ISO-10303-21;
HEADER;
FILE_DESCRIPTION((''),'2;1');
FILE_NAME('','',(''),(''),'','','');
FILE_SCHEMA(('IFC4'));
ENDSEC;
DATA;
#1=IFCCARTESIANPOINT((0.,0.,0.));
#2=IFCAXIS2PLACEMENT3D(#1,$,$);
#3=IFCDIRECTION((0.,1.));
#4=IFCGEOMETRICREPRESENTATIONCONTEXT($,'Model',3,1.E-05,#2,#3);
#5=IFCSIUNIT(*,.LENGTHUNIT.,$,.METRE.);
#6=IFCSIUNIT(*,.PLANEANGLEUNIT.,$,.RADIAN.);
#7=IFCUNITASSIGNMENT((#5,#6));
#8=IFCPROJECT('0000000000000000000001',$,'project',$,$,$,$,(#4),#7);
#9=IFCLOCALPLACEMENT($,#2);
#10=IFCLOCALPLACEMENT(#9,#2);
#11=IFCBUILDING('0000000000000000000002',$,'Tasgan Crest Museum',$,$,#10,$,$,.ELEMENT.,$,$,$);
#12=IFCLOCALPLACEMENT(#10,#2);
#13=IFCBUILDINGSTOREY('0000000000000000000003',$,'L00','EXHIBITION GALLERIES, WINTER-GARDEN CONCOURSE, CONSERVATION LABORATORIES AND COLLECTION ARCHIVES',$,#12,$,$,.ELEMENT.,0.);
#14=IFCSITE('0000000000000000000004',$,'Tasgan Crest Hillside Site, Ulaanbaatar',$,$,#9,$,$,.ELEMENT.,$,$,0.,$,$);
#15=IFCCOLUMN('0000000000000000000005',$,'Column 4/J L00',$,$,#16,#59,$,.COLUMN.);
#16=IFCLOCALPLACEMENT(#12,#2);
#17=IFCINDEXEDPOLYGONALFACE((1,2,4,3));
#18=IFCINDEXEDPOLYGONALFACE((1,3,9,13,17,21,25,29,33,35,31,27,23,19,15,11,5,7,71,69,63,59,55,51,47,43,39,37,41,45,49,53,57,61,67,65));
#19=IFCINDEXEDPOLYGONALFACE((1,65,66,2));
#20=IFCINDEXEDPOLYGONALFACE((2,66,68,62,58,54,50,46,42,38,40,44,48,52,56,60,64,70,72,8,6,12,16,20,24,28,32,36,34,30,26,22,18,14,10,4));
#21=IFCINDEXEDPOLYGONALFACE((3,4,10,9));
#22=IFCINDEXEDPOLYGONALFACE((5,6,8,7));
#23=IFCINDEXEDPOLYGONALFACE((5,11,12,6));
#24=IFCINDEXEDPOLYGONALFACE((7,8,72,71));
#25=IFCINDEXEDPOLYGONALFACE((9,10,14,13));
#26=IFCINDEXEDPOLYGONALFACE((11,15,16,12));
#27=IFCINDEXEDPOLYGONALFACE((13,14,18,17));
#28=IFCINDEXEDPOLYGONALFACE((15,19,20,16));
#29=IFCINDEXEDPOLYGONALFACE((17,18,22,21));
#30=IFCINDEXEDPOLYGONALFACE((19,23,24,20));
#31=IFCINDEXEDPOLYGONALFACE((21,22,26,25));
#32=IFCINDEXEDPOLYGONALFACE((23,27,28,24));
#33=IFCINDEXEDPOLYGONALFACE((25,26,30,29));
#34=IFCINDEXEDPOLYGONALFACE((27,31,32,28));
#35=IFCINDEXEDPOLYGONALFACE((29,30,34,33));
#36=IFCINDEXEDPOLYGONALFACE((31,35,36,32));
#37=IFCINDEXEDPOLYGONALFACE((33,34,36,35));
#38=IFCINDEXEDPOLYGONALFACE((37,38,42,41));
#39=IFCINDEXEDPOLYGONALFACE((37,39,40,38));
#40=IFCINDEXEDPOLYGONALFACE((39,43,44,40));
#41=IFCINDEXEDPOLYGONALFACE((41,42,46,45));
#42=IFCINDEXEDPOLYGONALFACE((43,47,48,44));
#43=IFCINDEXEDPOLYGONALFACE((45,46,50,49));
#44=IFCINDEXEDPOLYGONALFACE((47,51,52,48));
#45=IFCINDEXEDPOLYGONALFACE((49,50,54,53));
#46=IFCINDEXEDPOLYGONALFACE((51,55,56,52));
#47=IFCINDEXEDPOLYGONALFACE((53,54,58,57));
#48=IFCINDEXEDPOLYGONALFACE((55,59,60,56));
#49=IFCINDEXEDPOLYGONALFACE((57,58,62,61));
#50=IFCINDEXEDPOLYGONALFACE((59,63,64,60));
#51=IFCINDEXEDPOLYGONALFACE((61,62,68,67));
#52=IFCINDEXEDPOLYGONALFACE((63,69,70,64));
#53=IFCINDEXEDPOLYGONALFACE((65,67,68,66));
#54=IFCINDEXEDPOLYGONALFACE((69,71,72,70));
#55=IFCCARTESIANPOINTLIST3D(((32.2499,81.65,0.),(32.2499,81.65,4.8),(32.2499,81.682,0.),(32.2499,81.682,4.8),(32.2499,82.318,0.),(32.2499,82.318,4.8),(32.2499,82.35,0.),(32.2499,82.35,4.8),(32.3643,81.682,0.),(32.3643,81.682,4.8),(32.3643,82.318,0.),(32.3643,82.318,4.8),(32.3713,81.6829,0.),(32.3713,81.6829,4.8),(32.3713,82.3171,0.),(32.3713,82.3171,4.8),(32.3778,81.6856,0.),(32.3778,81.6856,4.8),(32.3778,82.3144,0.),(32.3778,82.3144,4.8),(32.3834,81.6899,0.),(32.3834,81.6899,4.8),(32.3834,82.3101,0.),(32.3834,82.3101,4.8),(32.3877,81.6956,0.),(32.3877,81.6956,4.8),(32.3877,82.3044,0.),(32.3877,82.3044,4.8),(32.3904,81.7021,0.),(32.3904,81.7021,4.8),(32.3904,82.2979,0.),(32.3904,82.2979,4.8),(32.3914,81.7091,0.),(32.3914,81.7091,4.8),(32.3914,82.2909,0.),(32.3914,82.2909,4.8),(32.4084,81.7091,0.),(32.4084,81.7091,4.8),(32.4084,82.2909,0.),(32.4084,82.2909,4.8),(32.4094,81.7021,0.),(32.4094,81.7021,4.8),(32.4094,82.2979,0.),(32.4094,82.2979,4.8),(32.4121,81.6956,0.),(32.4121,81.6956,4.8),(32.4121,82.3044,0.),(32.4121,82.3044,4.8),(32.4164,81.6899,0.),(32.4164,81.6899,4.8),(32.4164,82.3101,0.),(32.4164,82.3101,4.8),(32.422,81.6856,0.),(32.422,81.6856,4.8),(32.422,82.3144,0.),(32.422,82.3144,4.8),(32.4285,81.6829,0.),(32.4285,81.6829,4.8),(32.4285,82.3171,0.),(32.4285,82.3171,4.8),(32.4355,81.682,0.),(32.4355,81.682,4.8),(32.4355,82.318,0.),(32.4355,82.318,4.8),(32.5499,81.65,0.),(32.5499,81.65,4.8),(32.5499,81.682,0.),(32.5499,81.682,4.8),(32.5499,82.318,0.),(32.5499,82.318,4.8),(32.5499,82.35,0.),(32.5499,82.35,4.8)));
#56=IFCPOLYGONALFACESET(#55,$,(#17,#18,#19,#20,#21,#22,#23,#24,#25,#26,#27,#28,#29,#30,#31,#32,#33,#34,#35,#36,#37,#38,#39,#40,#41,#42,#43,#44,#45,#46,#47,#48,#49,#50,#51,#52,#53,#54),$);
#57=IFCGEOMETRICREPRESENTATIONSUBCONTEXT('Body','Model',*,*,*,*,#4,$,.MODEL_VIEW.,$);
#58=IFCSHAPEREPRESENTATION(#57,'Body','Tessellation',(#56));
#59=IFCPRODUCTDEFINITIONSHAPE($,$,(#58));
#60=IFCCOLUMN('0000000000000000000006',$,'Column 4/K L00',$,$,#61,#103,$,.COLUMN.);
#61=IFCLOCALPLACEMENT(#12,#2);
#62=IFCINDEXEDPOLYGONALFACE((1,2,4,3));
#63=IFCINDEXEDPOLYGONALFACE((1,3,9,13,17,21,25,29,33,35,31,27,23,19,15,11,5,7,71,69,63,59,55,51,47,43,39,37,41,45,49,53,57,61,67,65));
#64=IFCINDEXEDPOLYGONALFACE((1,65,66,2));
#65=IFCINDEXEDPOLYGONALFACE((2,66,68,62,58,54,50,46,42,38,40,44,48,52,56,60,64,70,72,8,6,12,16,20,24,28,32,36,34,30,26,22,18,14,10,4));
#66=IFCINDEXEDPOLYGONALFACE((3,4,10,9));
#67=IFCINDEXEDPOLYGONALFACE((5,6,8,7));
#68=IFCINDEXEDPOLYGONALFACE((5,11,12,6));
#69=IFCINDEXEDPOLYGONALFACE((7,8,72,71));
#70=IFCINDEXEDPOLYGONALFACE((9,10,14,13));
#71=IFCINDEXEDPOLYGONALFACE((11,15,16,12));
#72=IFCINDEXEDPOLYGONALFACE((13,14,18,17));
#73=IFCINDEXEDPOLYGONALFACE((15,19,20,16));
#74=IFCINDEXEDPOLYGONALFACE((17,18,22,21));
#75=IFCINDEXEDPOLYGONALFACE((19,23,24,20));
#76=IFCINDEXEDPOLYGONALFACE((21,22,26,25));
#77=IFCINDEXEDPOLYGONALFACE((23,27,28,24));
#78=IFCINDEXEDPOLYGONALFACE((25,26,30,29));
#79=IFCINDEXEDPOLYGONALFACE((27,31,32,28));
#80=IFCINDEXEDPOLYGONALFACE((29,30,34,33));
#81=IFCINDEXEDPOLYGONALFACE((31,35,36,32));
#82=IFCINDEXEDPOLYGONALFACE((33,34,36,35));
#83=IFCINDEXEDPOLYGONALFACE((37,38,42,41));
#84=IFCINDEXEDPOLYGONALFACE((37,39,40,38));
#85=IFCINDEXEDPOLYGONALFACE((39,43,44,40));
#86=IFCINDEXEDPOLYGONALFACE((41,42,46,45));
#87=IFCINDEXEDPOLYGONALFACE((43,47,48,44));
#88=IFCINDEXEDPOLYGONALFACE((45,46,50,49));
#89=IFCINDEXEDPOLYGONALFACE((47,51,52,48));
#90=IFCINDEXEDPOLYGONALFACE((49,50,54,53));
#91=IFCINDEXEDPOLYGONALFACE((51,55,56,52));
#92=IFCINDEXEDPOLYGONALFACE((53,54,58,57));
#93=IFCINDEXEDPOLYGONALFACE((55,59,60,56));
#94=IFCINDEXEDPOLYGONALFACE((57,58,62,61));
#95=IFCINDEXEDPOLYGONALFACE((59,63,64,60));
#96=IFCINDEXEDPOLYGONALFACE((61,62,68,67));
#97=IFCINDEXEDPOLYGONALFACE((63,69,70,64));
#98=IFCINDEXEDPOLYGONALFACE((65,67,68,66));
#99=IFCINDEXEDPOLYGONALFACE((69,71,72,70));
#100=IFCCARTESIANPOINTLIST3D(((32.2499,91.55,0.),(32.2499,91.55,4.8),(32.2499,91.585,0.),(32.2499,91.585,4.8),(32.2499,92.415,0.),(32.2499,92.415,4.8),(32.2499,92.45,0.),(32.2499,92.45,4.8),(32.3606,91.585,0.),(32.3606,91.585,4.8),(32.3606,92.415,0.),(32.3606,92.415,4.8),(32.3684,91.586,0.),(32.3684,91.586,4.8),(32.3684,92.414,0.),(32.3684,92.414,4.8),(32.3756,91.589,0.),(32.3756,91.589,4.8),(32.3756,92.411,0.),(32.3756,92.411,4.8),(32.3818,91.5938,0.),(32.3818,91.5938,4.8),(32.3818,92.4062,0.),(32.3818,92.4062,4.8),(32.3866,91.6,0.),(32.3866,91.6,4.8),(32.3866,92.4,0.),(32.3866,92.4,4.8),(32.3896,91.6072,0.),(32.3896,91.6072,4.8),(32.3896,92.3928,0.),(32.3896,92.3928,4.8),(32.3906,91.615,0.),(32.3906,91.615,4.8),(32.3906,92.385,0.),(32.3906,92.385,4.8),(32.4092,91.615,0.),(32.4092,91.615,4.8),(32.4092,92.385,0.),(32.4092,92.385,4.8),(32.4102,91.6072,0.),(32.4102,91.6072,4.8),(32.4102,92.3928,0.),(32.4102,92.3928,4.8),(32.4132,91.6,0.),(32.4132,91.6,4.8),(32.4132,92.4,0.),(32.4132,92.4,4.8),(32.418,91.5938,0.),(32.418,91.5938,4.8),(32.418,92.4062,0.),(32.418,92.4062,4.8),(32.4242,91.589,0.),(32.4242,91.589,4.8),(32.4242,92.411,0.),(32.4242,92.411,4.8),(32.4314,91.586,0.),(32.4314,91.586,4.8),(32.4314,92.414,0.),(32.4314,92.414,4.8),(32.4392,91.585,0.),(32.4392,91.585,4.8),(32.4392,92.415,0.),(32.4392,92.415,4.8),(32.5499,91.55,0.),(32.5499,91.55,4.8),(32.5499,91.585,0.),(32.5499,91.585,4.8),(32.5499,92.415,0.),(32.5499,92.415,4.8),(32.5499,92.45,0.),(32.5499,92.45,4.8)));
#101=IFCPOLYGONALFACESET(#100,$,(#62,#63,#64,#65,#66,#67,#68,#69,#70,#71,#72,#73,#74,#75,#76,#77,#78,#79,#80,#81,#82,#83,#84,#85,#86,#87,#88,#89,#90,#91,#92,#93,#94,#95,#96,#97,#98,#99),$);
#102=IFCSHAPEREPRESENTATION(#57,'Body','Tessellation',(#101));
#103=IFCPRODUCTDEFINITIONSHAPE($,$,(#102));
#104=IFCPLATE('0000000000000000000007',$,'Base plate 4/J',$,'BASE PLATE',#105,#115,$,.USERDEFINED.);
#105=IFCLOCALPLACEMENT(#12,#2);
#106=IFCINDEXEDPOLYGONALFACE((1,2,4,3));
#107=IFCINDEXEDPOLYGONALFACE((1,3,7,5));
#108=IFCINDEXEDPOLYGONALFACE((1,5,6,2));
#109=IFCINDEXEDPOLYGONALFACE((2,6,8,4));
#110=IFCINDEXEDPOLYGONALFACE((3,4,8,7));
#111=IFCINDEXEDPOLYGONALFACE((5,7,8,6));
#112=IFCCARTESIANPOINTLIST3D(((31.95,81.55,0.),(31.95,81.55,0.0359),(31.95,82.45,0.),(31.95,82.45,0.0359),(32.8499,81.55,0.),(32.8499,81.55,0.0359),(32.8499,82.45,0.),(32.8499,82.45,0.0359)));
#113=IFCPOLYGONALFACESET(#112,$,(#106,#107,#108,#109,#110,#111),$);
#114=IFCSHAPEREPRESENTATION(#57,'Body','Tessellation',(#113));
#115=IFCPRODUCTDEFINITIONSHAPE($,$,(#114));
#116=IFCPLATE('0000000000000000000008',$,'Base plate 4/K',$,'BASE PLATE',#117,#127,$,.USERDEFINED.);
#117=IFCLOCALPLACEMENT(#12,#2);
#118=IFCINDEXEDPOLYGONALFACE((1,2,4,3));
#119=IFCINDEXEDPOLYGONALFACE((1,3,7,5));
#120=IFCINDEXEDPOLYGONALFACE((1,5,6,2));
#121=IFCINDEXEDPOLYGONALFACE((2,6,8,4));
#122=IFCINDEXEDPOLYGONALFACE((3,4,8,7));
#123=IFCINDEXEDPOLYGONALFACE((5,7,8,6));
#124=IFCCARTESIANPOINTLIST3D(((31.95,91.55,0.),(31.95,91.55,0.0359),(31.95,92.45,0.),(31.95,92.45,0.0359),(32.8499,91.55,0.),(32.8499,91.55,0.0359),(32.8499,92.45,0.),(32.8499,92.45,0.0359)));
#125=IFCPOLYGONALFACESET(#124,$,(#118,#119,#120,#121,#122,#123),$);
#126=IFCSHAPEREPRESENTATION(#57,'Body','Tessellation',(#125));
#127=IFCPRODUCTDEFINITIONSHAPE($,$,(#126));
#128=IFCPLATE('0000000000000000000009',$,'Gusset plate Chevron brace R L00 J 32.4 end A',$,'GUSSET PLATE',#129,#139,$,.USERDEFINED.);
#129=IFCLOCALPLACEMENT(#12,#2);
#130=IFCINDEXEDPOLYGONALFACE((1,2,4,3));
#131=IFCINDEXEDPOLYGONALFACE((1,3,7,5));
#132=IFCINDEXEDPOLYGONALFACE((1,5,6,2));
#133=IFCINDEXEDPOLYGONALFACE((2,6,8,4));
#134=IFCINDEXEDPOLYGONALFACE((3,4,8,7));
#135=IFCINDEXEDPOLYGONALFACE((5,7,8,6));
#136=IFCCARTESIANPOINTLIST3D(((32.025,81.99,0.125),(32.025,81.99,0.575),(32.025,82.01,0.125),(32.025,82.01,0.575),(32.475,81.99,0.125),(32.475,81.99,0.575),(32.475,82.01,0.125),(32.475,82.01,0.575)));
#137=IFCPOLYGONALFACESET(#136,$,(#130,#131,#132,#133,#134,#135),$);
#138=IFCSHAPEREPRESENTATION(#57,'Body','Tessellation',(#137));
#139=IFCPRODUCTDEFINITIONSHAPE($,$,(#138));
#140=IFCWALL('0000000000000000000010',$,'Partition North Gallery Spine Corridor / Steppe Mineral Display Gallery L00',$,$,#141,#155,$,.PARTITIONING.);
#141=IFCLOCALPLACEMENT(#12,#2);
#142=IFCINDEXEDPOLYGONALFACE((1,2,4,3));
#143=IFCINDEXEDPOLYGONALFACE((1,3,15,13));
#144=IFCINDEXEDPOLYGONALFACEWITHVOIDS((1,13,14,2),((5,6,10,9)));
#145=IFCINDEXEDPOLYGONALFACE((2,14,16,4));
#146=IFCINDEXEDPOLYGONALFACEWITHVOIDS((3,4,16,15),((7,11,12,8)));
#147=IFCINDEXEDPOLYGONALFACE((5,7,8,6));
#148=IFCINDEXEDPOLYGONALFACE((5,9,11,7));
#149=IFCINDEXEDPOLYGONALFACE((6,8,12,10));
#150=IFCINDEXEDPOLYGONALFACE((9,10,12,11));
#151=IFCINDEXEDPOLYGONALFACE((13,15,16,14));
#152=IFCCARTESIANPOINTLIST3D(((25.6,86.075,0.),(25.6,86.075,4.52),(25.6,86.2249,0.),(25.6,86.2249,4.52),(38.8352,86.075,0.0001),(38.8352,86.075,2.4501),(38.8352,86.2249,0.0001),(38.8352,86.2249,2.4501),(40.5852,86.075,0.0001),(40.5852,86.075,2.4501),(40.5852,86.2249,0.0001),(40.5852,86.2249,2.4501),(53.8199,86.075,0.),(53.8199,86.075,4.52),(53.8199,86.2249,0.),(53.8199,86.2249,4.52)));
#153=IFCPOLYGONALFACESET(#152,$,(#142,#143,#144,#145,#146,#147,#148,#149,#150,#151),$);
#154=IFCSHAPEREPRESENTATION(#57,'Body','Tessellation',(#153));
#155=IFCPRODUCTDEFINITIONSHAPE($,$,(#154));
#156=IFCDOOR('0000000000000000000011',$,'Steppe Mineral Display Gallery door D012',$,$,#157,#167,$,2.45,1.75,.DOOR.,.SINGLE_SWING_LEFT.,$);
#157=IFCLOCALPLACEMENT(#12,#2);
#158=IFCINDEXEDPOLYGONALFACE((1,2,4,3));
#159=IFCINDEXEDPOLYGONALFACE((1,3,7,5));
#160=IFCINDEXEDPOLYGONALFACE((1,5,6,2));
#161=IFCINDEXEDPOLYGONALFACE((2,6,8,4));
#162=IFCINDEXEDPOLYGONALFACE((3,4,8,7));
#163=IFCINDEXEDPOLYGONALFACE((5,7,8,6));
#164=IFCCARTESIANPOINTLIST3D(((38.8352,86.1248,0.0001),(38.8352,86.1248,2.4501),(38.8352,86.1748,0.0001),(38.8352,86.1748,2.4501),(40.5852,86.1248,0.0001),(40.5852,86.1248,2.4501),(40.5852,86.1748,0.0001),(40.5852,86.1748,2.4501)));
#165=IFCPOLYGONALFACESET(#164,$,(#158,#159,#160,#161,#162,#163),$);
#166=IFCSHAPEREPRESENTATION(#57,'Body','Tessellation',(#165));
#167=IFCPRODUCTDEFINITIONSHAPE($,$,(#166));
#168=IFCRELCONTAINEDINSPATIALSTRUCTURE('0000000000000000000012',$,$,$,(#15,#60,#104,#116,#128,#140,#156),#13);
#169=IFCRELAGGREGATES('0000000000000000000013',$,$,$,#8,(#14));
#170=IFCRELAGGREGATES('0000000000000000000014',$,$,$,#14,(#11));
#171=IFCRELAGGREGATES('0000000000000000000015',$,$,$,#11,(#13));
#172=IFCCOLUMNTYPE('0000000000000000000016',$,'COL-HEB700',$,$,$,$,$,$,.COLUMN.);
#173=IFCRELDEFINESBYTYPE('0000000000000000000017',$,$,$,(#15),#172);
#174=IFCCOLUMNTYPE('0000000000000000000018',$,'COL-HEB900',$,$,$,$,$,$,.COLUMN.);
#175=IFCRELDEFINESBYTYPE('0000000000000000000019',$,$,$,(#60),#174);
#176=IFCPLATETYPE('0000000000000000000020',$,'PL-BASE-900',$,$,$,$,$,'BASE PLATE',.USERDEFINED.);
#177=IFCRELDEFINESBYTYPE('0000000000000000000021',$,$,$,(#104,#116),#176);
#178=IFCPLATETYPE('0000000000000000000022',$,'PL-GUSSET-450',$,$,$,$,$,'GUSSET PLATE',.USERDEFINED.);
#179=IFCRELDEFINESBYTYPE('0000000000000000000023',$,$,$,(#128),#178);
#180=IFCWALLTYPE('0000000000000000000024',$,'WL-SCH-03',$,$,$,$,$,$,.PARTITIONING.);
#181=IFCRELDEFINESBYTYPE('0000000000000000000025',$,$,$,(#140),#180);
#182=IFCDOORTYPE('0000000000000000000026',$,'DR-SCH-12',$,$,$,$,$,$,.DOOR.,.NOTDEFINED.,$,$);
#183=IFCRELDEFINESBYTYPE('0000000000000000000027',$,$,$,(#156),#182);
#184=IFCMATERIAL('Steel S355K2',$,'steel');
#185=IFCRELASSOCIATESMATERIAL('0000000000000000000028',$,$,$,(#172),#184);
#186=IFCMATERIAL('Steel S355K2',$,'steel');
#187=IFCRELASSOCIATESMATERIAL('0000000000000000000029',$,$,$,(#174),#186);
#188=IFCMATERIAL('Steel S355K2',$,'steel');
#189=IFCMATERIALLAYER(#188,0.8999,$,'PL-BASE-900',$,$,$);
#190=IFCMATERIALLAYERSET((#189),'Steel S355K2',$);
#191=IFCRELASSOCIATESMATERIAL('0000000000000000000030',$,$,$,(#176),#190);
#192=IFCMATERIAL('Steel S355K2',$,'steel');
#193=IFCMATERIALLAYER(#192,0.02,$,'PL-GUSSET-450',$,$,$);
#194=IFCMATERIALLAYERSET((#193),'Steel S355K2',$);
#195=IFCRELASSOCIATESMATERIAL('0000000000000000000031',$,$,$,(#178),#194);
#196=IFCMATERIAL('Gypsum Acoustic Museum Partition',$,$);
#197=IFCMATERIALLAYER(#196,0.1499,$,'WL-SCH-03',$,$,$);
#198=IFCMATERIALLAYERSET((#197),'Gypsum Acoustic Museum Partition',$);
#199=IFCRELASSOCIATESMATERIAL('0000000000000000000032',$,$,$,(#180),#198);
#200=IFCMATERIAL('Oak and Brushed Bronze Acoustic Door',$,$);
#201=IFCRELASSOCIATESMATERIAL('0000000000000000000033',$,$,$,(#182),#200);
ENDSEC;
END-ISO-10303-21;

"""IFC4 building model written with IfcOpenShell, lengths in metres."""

from ifc_helpers import new_model, si_unit, direction, frame, frame_2d, origin, origin_2d, place, context, subcontext, project, spatial, rectangle, i_section, extrude, material, layer, layer_set, material_profile, profile_set, type_object, element, fill, save


model = new_model("IFC4")

# Units and contexts
model_context = context("Model", 3, precision=1e-05, world=origin(), true_north=direction((0.0, 1.0)))
body_context = subcontext(model_context, "Body", "Model", "MODEL_VIEW")
ifc_project = project(units=[si_unit("LENGTHUNIT", "METRE"), si_unit("PLANEANGLEUNIT", "RADIAN")], contexts=[model_context])

# Site, building, storey
site_placement = place(None, origin())
site = spatial("IfcSite", under=ifc_project, at=site_placement, Name="Tasgan Crest Hillside Site, Ulaanbaatar", CompositionType="ELEMENT", RefElevation=0.0)
building_placement = place(site_placement, origin())
building = spatial("IfcBuilding", under=site, at=building_placement, Name="Tasgan Crest Museum", CompositionType="ELEMENT")
storey_placement = place(building_placement, origin())
storey = spatial("IfcBuildingStorey", under=building, at=storey_placement, Name="L00", Description="EXHIBITION GALLERIES, WINTER-GARDEN CONCOURSE, CONSERVATION LABORATORIES AND COLLECTION ARCHIVES", CompositionType="ELEMENT", Elevation=0.0)

# Columns
ifc_material_1 = material(Name="Steel S355K2", Category="steel")
ifc_material_profile_1 = material_profile(ifc_material_1, i_section(OverallWidth=0.3, OverallDepth=0.7, WebThickness=0.0171, FlangeThickness=0.032, FilletRadius=0.0271, at=origin_2d()), Name="HEB 700")
ifc_profile_set_1 = profile_set([ifc_material_profile_1], Name="Steel S355K2")
column_type_1 = type_object("IfcColumnType", Name="COL-HEB700", PredefinedType="COLUMN", material=ifc_profile_set_1)
column_1_placement = place(storey_placement, frame((32.3999, 82.0, 0.0), z_axis=(0.0, 0.0, 1.0), x_axis=(1.0, 0.0, 0.0)))
element("IfcColumn", 1, at=column_1_placement, inside=storey, type_object=column_type_1, Name="Column 4/J L00", PredefinedType="COLUMN", context=body_context, shape_type="SweptSolid", body=[
    extrude(i_section(OverallWidth=0.3, OverallDepth=0.7, WebThickness=0.0171, FlangeThickness=0.032, FilletRadius=0.0271, at=origin_2d()), origin(), (0.0, 0.0, 1.0), 4.8),
])
ifc_material_2 = material(Name="Steel S355K2", Category="steel")
ifc_material_profile_2 = material_profile(ifc_material_2, i_section(OverallWidth=0.3, OverallDepth=0.8999, WebThickness=0.0186, FlangeThickness=0.0349, FilletRadius=0.03, at=origin_2d()), Name="HEB 900")
ifc_profile_set_2 = profile_set([ifc_material_profile_2], Name="Steel S355K2")
column_type_2 = type_object("IfcColumnType", Name="COL-HEB900", PredefinedType="COLUMN", material=ifc_profile_set_2)
column_2_placement = place(storey_placement, frame((32.3999, 92.0, 0.0), z_axis=(0.0, 0.0, 1.0), x_axis=(1.0, 0.0, 0.0)))
element("IfcColumn", 2, at=column_2_placement, inside=storey, type_object=column_type_2, Name="Column 4/K L00", PredefinedType="COLUMN", context=body_context, shape_type="SweptSolid", body=[
    extrude(i_section(OverallWidth=0.3, OverallDepth=0.8999, WebThickness=0.0186, FlangeThickness=0.0349, FilletRadius=0.03, at=origin_2d()), origin(), (0.0, 0.0, 1.0), 4.8),
])

# Plates
ifc_material_3 = material(Name="Steel S355K2", Category="steel")
ifc_layer_1 = layer(ifc_material_3, 0.8999, Name="PL-BASE-900")
ifc_layer_set_1 = layer_set([ifc_layer_1], Name="Steel S355K2")
plate_type_1 = type_object("IfcPlateType", Name="PL-BASE-900", ElementType="BASE PLATE", PredefinedType="USERDEFINED", material=ifc_layer_set_1)
for number, where, z_axis, x_axis, name in (
    (3, (32.3999, 82.0, 0.0), (0.0, 0.0, 1.0), (1.0, 0.0, 0.0), "Base plate 4/J"),
    (4, (32.3999, 92.0, 0.0), (0.0, 0.0, 1.0), (1.0, 0.0, 0.0), "Base plate 4/K"),
):
    element("IfcPlate", number, at=place(storey_placement, frame(where, z_axis=z_axis, x_axis=x_axis)), inside=storey, type_object=plate_type_1, Name=name, ObjectType="BASE PLATE", PredefinedType="USERDEFINED", context=body_context, shape_type="SweptSolid", body=[
        extrude(rectangle(XDim=0.8999, YDim=0.8999, at=origin_2d()), origin(), (0.0, 0.0, 1.0), 0.0359),
    ])
ifc_material_4 = material(Name="Steel S355K2", Category="steel")
ifc_layer_2 = layer(ifc_material_4, 0.02, Name="PL-GUSSET-450")
ifc_layer_set_2 = layer_set([ifc_layer_2], Name="Steel S355K2")
plate_type_2 = type_object("IfcPlateType", Name="PL-GUSSET-450", ElementType="GUSSET PLATE", PredefinedType="USERDEFINED", material=ifc_layer_set_2)
plate_placement = place(storey_placement, frame((32.25, 82.0, 0.125), z_axis=(0.0, 0.0, 1.0), x_axis=(1.0, 0.0, 0.0)))
element("IfcPlate", 5, at=plate_placement, inside=storey, type_object=plate_type_2, Name="Gusset plate Chevron brace R L00 J 32.4 end A", ObjectType="GUSSET PLATE", PredefinedType="USERDEFINED", context=body_context, shape_type="SweptSolid", body=[
    extrude(rectangle(XDim=0.45, YDim=0.02, at=origin_2d()), origin(), (0.0, 0.0, 1.0), 0.45),
])

# Wall, opening, door
ifc_material_5 = material(Name="Gypsum Acoustic Museum Partition")
ifc_layer_3 = layer(ifc_material_5, 0.1499, Name="WL-SCH-03")
ifc_layer_set_3 = layer_set([ifc_layer_3], Name="Gypsum Acoustic Museum Partition")
wall_type_1 = type_object("IfcWallType", Name="WL-SCH-03", PredefinedType="PARTITIONING", material=ifc_layer_set_3)
wall_1_placement = place(storey_placement, frame((25.6001, 86.1499, 0.0), z_axis=(0.0, 0.0, 1.0), x_axis=(1.0, 0.0, 0.0)))
wall_1 = element("IfcWall", 6, at=wall_1_placement, inside=storey, type_object=wall_type_1, Name="Partition North Gallery Spine Corridor / Steppe Mineral Display Gallery L00", PredefinedType="PARTITIONING", context=body_context, shape_type="SweptSolid", body=[
    extrude(rectangle(XDim=28.22, YDim=0.1499, at=frame_2d((14.1099, 0.0))), origin(), (0.0, 0.0, 1.0), 4.52),
])
opening_1_placement = place(wall_1_placement, frame((13.2351, 0.0, 0.0)))
opening_1 = element("IfcOpeningElement", 7, at=opening_1_placement, cuts=wall_1, PredefinedType="OPENING", context=body_context, shape_type="SweptSolid", body=[
    extrude(rectangle(XDim=1.75, YDim=2.45, at=frame_2d((0.875, 1.2251))), frame((0.0, 0.085, 0.0), z_axis=(0.0, -1.0, 0.0), x_axis=(1.0, 0.0, 0.0)), (0.0, 0.0, 1.0), 0.1699),
])
ifc_material_6 = material(Name="Oak and Brushed Bronze Acoustic Door")
door_type_1 = type_object("IfcDoorType", Name="DR-SCH-12", OperationType="NOTDEFINED", PredefinedType="DOOR", material=ifc_material_6)
door_1_placement = place(opening_1_placement, origin())
door_1 = element("IfcDoor", 8, at=door_1_placement, inside=storey, type_object=door_type_1, Name="Steppe Mineral Display Gallery door D012", OperationType="SINGLE_SWING_LEFT", OverallHeight=2.45, OverallWidth=1.75, PredefinedType="DOOR", context=body_context, shape_type="SweptSolid", body=[
    extrude(rectangle(XDim=1.75, YDim=2.45, at=frame_2d((0.875, 1.2251))), frame((0.0, 0.0249, 0.0), z_axis=(0.0, -1.0, 0.0), x_axis=(1.0, 0.0, 0.0)), (0.0, 0.0, 1.0), 0.05),
])
fill(opening_1, door_1)

save(model, "model.ifc")
